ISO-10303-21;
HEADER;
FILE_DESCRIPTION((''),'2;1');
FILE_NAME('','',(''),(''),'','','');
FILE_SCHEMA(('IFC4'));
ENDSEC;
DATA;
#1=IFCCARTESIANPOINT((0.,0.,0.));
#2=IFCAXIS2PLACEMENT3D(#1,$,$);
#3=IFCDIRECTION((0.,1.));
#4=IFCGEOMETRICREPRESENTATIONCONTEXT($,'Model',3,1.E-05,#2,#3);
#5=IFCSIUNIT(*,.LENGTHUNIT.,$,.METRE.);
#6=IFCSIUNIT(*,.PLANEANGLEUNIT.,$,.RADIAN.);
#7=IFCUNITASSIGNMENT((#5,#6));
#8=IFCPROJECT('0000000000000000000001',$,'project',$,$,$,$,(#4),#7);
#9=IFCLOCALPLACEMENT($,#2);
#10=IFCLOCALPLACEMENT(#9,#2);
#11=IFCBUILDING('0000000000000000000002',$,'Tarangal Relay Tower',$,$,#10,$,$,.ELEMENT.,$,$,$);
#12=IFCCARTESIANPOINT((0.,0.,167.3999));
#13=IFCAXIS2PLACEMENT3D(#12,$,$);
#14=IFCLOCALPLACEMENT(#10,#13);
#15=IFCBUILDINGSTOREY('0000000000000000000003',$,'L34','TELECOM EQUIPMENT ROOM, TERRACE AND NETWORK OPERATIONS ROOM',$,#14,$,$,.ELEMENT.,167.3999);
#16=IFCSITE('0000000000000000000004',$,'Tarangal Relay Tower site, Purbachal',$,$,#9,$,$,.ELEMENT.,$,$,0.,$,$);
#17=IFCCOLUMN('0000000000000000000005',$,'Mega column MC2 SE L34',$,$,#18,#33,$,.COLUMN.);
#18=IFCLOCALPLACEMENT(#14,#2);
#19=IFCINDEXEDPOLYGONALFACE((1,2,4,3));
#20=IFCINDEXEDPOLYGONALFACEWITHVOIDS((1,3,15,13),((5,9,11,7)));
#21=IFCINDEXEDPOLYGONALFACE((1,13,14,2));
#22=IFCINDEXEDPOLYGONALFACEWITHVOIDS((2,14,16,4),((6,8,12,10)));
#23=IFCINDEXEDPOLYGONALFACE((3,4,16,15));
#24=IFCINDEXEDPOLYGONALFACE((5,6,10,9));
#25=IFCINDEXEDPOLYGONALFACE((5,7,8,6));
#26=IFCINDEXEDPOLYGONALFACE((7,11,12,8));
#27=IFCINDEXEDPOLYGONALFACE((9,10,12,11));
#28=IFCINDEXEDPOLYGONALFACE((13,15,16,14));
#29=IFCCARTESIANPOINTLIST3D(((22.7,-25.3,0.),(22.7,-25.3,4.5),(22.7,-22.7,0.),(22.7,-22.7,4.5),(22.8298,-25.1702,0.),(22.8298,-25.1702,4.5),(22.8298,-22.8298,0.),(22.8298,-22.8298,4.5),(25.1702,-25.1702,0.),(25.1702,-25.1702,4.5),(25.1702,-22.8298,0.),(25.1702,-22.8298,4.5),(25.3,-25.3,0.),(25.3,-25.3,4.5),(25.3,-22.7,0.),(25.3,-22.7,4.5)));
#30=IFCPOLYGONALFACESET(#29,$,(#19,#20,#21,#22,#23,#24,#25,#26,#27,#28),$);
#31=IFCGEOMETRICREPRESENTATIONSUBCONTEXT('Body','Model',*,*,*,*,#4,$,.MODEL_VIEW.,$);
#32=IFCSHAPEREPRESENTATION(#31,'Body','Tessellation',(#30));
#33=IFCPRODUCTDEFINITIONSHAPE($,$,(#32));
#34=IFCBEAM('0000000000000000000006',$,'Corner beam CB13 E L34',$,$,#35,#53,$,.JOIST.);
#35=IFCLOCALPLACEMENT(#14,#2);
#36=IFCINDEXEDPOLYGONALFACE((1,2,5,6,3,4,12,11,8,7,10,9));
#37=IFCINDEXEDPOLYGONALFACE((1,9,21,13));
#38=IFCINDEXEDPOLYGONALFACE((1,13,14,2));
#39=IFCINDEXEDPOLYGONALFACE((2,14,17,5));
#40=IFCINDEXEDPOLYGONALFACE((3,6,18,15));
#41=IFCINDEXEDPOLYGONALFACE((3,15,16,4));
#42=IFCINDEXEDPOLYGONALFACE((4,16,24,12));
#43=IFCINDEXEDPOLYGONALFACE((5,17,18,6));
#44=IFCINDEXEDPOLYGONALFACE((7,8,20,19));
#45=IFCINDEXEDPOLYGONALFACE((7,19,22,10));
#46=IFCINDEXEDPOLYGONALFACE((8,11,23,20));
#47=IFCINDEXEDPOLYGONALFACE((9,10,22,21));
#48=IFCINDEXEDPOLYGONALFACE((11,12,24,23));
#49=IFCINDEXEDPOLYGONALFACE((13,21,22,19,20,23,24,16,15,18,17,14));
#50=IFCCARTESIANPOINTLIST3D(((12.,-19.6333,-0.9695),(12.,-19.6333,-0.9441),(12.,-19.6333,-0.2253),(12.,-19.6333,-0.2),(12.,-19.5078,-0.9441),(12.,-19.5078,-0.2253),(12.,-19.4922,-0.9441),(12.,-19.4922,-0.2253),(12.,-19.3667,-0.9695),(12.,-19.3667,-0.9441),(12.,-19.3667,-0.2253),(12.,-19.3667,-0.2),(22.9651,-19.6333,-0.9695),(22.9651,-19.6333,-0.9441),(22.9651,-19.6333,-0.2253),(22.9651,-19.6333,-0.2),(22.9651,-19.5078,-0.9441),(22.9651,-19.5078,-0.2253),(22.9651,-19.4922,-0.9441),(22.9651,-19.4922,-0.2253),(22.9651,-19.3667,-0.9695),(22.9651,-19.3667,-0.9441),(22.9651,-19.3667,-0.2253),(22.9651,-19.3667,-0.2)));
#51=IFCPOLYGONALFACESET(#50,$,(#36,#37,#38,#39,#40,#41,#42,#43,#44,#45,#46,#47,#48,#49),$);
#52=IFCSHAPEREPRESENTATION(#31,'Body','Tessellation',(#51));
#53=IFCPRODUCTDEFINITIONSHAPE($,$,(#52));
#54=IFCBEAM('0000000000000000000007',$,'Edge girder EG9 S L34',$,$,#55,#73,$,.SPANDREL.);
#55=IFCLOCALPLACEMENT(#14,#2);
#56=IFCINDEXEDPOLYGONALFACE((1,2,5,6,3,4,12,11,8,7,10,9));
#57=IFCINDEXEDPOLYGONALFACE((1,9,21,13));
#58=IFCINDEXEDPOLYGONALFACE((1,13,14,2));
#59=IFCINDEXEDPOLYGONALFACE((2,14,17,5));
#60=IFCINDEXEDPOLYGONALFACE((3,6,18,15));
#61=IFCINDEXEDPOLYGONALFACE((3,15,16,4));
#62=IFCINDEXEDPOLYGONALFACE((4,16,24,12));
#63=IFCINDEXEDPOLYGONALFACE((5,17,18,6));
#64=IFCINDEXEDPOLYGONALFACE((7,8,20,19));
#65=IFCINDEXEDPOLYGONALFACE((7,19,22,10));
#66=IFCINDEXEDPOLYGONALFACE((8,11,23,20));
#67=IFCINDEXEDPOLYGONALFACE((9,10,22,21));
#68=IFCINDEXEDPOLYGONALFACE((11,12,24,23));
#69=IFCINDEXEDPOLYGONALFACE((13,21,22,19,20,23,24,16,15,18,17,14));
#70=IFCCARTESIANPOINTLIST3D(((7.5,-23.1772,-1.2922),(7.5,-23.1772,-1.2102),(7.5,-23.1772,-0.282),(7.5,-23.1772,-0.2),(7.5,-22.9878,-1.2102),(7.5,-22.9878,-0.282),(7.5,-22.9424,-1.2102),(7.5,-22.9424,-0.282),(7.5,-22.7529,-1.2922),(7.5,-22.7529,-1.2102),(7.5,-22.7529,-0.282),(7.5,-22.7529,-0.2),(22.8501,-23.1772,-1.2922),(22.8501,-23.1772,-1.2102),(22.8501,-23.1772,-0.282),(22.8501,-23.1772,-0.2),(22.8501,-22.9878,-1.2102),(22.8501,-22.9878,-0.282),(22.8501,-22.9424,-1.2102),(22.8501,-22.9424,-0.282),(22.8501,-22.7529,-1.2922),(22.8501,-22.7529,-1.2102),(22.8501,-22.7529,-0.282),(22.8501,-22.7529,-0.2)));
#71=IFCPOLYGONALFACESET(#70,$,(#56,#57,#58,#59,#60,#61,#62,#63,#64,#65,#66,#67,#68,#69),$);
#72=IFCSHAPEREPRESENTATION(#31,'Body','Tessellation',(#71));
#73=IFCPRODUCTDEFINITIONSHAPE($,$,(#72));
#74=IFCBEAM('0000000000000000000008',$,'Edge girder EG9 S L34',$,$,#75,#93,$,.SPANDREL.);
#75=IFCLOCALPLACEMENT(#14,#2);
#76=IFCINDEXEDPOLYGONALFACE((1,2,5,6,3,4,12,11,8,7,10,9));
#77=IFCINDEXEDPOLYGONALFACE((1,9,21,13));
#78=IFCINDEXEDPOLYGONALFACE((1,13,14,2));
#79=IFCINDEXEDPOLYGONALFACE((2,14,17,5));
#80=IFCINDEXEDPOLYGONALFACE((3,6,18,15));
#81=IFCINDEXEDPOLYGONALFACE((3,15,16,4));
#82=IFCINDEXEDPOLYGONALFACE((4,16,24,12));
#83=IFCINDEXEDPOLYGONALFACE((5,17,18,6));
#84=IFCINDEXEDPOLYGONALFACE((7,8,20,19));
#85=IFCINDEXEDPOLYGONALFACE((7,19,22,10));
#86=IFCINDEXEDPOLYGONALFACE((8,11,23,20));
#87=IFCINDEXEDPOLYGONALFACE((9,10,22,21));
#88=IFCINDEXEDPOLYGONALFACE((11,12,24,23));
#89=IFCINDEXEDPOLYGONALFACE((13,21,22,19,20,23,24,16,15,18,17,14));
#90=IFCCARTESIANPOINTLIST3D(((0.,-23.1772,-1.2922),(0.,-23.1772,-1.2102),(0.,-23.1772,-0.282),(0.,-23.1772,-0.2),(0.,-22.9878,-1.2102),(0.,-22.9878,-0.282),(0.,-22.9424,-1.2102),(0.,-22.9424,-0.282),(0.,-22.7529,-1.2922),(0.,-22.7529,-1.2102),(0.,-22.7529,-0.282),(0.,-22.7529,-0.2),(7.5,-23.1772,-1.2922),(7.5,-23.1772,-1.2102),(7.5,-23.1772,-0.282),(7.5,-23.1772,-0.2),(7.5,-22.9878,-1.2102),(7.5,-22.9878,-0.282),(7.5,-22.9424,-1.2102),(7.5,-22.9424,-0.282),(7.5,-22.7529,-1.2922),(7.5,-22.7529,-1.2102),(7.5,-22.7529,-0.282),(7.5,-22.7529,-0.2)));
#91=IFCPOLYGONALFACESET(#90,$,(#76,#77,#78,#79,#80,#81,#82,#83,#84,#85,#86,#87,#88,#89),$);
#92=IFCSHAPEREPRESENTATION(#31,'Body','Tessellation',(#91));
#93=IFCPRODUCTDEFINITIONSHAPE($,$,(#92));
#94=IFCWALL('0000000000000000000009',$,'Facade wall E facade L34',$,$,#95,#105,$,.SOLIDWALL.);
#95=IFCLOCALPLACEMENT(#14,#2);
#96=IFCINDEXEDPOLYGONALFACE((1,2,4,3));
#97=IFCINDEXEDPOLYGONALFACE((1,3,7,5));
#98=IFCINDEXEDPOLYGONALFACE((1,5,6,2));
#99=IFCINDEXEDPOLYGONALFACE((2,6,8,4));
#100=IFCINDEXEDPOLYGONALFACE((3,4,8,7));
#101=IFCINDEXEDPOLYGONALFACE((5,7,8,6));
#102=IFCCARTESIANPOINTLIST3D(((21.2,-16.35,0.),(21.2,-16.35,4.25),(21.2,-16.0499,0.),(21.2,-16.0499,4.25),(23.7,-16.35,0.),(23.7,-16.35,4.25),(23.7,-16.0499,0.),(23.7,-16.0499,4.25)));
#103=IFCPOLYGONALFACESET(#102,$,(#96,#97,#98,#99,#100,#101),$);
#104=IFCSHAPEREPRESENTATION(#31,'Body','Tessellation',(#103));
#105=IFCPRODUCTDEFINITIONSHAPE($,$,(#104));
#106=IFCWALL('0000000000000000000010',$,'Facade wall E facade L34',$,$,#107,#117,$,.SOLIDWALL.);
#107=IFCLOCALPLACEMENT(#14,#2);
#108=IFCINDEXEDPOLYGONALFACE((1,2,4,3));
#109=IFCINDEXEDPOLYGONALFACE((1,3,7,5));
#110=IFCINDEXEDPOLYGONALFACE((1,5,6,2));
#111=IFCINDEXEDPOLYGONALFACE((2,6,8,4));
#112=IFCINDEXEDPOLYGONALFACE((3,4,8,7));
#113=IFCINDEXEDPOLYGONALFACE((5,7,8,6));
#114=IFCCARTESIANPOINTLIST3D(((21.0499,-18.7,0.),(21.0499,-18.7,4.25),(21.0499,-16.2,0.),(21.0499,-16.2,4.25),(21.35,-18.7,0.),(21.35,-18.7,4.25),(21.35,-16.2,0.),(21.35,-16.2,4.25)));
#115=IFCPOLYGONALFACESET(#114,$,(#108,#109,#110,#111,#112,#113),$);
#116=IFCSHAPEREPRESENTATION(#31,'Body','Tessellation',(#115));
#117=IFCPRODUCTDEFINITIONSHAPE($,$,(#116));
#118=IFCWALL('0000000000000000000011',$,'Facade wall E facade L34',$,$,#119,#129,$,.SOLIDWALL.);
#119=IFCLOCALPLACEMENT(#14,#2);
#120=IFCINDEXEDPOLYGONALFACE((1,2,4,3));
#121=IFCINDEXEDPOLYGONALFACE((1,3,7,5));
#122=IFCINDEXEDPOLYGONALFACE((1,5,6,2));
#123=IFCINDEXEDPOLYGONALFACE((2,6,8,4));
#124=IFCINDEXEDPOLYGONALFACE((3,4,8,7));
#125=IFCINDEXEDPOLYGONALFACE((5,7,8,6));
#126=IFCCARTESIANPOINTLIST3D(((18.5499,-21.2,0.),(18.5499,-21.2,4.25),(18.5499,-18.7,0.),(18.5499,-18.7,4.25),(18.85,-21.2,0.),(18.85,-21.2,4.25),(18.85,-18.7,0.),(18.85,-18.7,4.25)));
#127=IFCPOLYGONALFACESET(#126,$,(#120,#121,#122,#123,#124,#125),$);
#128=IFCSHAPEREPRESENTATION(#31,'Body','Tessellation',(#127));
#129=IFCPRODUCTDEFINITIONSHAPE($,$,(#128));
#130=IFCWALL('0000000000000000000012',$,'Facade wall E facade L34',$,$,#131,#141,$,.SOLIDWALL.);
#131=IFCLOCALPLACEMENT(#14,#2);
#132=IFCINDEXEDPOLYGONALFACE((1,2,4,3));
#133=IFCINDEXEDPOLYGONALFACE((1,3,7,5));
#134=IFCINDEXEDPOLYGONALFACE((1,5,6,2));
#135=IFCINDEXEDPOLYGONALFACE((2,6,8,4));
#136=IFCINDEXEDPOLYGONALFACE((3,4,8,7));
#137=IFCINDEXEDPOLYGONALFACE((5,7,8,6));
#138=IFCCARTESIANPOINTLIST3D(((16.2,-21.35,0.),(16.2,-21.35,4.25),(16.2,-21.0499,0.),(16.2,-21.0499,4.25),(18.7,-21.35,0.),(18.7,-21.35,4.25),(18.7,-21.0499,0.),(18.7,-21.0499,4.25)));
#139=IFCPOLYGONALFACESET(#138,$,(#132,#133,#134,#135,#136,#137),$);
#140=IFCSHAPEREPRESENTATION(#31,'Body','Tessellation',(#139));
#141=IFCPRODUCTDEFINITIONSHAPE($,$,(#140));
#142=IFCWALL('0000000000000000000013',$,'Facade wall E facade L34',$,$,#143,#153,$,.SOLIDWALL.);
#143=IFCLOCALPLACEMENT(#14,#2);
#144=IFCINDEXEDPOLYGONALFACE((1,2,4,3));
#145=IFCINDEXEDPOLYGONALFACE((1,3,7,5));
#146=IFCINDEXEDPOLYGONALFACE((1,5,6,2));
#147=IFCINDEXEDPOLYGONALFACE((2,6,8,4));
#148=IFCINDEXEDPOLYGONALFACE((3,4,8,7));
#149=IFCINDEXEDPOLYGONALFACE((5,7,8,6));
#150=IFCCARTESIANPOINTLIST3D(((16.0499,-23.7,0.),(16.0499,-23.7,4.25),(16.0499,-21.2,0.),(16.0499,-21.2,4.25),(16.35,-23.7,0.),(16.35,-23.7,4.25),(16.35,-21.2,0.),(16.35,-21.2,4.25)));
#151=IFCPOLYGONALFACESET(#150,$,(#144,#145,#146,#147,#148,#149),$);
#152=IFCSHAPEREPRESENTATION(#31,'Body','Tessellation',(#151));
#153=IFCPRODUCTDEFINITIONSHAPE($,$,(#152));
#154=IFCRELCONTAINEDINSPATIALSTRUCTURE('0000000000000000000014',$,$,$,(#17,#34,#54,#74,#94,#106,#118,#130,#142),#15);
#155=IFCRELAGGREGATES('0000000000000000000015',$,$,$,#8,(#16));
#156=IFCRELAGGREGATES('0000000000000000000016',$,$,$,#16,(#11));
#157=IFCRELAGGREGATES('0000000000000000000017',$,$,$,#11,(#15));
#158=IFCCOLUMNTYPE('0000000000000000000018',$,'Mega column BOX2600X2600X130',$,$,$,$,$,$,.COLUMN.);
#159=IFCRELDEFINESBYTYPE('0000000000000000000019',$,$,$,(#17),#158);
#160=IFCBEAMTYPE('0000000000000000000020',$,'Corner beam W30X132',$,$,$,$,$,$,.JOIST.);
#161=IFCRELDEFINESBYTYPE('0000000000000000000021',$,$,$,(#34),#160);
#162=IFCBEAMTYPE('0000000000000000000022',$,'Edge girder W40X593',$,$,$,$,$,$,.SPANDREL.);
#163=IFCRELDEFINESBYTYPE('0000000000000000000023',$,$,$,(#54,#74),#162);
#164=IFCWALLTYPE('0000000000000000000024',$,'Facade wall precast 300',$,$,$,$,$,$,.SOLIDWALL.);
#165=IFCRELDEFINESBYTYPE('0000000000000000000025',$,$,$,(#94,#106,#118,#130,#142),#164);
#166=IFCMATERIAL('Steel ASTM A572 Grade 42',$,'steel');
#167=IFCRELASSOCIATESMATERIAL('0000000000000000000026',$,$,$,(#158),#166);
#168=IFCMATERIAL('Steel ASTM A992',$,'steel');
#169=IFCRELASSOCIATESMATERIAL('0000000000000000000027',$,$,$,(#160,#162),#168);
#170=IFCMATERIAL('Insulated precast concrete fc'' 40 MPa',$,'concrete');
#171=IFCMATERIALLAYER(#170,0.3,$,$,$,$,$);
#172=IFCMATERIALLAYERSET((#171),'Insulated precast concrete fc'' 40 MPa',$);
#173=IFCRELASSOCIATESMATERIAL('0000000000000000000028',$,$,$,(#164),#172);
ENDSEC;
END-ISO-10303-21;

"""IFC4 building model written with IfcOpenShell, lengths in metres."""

from ifc_helpers import new_model, si_unit, direction, frame, frame_2d, origin, origin_2d, place, context, subcontext, project, spatial, rectangle, hollow_rectangle, i_section, extrude, material, layer, layer_set, material_profile, profile_set, type_object, element, save


model = new_model("IFC4")

# Units and contexts
model_context = context("Model", 3, precision=1e-05, world=origin(), true_north=direction((0.0, 1.0)))
body_context = subcontext(model_context, "Body", "Model", "MODEL_VIEW")
ifc_project = project(units=[si_unit("LENGTHUNIT", "METRE"), si_unit("PLANEANGLEUNIT", "RADIAN")], contexts=[model_context])

# Site, building, storey
site_placement = place(None, origin())
site = spatial("IfcSite", under=ifc_project, at=site_placement, Name="Tarangal Relay Tower site, Purbachal", CompositionType="ELEMENT", RefElevation=0.0)
building_placement = place(site_placement, origin())
building = spatial("IfcBuilding", under=site, at=building_placement, Name="Tarangal Relay Tower", CompositionType="ELEMENT")
storey_placement = place(building_placement, frame((0.0, 0.0, 167.3999)))
storey = spatial("IfcBuildingStorey", under=building, at=storey_placement, Name="L34", Description="TELECOM EQUIPMENT ROOM, TERRACE AND NETWORK OPERATIONS ROOM", CompositionType="ELEMENT", Elevation=167.3999)

# Column
ifc_material_1 = material(Name="Steel ASTM A572 Grade 42", Category="steel")
ifc_material_profile_1 = material_profile(ifc_material_1, hollow_rectangle(XDim=2.6001, YDim=2.6001, WallThickness=0.1299, at=origin_2d()), Name="BOX2600X2600X130")
ifc_profile_set_1 = profile_set([ifc_material_profile_1], Name="Steel ASTM A572 Grade 42")
column_type = type_object("IfcColumnType", Name="Mega column BOX2600X2600X130", PredefinedType="COLUMN", material=ifc_profile_set_1)
column_placement = place(storey_placement, frame((24.0, -24.0, 0.0), z_axis=(0.0, 0.0, 1.0), x_axis=(1.0, 0.0, 0.0)))
element("IfcColumn", 1, at=column_placement, inside=storey, type_object=column_type, Name="Mega column MC2 SE L34", PredefinedType="COLUMN", context=body_context, shape_type="SweptSolid", body=[
    extrude(hollow_rectangle(XDim=2.6001, YDim=2.6001, WallThickness=0.1299, at=origin_2d()), origin(), (0.0, 0.0, 1.0), 4.5),
])

# Beams
ifc_material_2 = material(Name="Steel ASTM A992", Category="steel")
ifc_material_profile_2 = material_profile(ifc_material_2, i_section(OverallWidth=0.2666, OverallDepth=0.7695, WebThickness=0.0156, FlangeThickness=0.0254, at=origin_2d()), Name="W30X132")
ifc_profile_set_2 = profile_set([ifc_material_profile_2], Name="Steel ASTM A992")
beam_type_1 = type_object("IfcBeamType", Name="Corner beam W30X132", PredefinedType="JOIST", material=ifc_profile_set_2)
beam_1_placement = place(storey_placement, frame((12.0, -19.5, -0.5847), z_axis=(1.0, 0.0, 0.0), x_axis=(0.0, 1.0, 0.0)))
element("IfcBeam", 2, at=beam_1_placement, inside=storey, type_object=beam_type_1, Name="Corner beam CB13 E L34", PredefinedType="JOIST", context=body_context, shape_type="SweptSolid", body=[
    extrude(i_section(OverallWidth=0.2666, OverallDepth=0.7695, WebThickness=0.0156, FlangeThickness=0.0254, at=origin_2d()), origin(), (0.0, 0.0, 1.0), 10.9651),
])
ifc_material_profile_3 = material_profile(ifc_material_2, i_section(OverallWidth=0.4243, OverallDepth=1.0923, WebThickness=0.0454, FlangeThickness=0.082, at=origin_2d()), Name="W40X593")
ifc_profile_set_3 = profile_set([ifc_material_profile_3], Name="Steel ASTM A992")
beam_type_2 = type_object("IfcBeamType", Name="Edge girder W40X593", PredefinedType="SPANDREL", material=ifc_profile_set_3)
beam_2_placement = place(storey_placement, frame((22.8501, -22.9651, -0.7461), z_axis=(-1.0, 0.0, 0.0), x_axis=(0.0, -1.0, 0.0)))
element("IfcBeam", 3, at=beam_2_placement, inside=storey, type_object=beam_type_2, Name="Edge girder EG9 S L34", PredefinedType="SPANDREL", context=body_context, shape_type="SweptSolid", body=[
    extrude(i_section(OverallWidth=0.4243, OverallDepth=1.0923, WebThickness=0.0454, FlangeThickness=0.082, at=origin_2d()), origin(), (0.0, 0.0, 1.0), 15.3501),
])
beam_3_placement = place(storey_placement, frame((7.5, -22.9651, -0.7461), z_axis=(-1.0, 0.0, 0.0), x_axis=(0.0, -1.0, 0.0)))
element("IfcBeam", 4, at=beam_3_placement, inside=storey, type_object=beam_type_2, Name="Edge girder EG9 S L34", PredefinedType="SPANDREL", context=body_context, shape_type="SweptSolid", body=[
    extrude(i_section(OverallWidth=0.4243, OverallDepth=1.0923, WebThickness=0.0454, FlangeThickness=0.082, at=origin_2d()), origin(), (0.0, 0.0, 1.0), 7.5),
])

# Walls
ifc_material_3 = material(Name="Insulated precast concrete fc' 40 MPa", Category="concrete")
ifc_layer_1 = layer(ifc_material_3, 0.3)
ifc_layer_set_1 = layer_set([ifc_layer_1], Name="Insulated precast concrete fc' 40 MPa")
wall_type_1 = type_object("IfcWallType", Name="Facade wall precast 300", PredefinedType="SOLIDWALL", material=ifc_layer_set_1)
for number, where, z_axis, x_axis, name in (
    (5, (23.7, -16.2, 0.0), (0.0, 0.0, 1.0), (-1.0, 0.0, 0.0), "Facade wall E facade L34"),
    (6, (21.2, -16.2, 0.0), (0.0, 0.0, 1.0), (0.0, -1.0, 0.0), "Facade wall E facade L34"),
):
    element("IfcWall", number, at=place(storey_placement, frame(where, z_axis=z_axis, x_axis=x_axis)), inside=storey, type_object=wall_type_1, Name=name, PredefinedType="SOLIDWALL", context=body_context, shape_type="SweptSolid", body=[
        extrude(rectangle(XDim=2.5, YDim=0.3, at=frame_2d((1.25, 0.0))), origin(), (0.0, 0.0, 1.0), 4.25),
    ])

# Walls
for number, where, z_axis, x_axis, name in (
    (7, (18.7, -18.7, 0.0), (0.0, 0.0, 1.0), (0.0, -1.0, 0.0), "Facade wall E facade L34"),
    (8, (18.7, -21.2, 0.0), (0.0, 0.0, 1.0), (-1.0, 0.0, 0.0), "Facade wall E facade L34"),
    (9, (16.2, -21.2, 0.0), (0.0, 0.0, 1.0), (0.0, -1.0, 0.0), "Facade wall E facade L34"),
):
    element("IfcWall", number, at=place(storey_placement, frame(where, z_axis=z_axis, x_axis=x_axis)), inside=storey, type_object=wall_type_1, Name=name, PredefinedType="SOLIDWALL", context=body_context, shape_type="SweptSolid", body=[
        extrude(rectangle(XDim=2.5, YDim=0.3, at=frame_2d((1.25, 0.0))), origin(), (0.0, 0.0, 1.0), 4.25),
    ])

save(model, "model.ifc")
